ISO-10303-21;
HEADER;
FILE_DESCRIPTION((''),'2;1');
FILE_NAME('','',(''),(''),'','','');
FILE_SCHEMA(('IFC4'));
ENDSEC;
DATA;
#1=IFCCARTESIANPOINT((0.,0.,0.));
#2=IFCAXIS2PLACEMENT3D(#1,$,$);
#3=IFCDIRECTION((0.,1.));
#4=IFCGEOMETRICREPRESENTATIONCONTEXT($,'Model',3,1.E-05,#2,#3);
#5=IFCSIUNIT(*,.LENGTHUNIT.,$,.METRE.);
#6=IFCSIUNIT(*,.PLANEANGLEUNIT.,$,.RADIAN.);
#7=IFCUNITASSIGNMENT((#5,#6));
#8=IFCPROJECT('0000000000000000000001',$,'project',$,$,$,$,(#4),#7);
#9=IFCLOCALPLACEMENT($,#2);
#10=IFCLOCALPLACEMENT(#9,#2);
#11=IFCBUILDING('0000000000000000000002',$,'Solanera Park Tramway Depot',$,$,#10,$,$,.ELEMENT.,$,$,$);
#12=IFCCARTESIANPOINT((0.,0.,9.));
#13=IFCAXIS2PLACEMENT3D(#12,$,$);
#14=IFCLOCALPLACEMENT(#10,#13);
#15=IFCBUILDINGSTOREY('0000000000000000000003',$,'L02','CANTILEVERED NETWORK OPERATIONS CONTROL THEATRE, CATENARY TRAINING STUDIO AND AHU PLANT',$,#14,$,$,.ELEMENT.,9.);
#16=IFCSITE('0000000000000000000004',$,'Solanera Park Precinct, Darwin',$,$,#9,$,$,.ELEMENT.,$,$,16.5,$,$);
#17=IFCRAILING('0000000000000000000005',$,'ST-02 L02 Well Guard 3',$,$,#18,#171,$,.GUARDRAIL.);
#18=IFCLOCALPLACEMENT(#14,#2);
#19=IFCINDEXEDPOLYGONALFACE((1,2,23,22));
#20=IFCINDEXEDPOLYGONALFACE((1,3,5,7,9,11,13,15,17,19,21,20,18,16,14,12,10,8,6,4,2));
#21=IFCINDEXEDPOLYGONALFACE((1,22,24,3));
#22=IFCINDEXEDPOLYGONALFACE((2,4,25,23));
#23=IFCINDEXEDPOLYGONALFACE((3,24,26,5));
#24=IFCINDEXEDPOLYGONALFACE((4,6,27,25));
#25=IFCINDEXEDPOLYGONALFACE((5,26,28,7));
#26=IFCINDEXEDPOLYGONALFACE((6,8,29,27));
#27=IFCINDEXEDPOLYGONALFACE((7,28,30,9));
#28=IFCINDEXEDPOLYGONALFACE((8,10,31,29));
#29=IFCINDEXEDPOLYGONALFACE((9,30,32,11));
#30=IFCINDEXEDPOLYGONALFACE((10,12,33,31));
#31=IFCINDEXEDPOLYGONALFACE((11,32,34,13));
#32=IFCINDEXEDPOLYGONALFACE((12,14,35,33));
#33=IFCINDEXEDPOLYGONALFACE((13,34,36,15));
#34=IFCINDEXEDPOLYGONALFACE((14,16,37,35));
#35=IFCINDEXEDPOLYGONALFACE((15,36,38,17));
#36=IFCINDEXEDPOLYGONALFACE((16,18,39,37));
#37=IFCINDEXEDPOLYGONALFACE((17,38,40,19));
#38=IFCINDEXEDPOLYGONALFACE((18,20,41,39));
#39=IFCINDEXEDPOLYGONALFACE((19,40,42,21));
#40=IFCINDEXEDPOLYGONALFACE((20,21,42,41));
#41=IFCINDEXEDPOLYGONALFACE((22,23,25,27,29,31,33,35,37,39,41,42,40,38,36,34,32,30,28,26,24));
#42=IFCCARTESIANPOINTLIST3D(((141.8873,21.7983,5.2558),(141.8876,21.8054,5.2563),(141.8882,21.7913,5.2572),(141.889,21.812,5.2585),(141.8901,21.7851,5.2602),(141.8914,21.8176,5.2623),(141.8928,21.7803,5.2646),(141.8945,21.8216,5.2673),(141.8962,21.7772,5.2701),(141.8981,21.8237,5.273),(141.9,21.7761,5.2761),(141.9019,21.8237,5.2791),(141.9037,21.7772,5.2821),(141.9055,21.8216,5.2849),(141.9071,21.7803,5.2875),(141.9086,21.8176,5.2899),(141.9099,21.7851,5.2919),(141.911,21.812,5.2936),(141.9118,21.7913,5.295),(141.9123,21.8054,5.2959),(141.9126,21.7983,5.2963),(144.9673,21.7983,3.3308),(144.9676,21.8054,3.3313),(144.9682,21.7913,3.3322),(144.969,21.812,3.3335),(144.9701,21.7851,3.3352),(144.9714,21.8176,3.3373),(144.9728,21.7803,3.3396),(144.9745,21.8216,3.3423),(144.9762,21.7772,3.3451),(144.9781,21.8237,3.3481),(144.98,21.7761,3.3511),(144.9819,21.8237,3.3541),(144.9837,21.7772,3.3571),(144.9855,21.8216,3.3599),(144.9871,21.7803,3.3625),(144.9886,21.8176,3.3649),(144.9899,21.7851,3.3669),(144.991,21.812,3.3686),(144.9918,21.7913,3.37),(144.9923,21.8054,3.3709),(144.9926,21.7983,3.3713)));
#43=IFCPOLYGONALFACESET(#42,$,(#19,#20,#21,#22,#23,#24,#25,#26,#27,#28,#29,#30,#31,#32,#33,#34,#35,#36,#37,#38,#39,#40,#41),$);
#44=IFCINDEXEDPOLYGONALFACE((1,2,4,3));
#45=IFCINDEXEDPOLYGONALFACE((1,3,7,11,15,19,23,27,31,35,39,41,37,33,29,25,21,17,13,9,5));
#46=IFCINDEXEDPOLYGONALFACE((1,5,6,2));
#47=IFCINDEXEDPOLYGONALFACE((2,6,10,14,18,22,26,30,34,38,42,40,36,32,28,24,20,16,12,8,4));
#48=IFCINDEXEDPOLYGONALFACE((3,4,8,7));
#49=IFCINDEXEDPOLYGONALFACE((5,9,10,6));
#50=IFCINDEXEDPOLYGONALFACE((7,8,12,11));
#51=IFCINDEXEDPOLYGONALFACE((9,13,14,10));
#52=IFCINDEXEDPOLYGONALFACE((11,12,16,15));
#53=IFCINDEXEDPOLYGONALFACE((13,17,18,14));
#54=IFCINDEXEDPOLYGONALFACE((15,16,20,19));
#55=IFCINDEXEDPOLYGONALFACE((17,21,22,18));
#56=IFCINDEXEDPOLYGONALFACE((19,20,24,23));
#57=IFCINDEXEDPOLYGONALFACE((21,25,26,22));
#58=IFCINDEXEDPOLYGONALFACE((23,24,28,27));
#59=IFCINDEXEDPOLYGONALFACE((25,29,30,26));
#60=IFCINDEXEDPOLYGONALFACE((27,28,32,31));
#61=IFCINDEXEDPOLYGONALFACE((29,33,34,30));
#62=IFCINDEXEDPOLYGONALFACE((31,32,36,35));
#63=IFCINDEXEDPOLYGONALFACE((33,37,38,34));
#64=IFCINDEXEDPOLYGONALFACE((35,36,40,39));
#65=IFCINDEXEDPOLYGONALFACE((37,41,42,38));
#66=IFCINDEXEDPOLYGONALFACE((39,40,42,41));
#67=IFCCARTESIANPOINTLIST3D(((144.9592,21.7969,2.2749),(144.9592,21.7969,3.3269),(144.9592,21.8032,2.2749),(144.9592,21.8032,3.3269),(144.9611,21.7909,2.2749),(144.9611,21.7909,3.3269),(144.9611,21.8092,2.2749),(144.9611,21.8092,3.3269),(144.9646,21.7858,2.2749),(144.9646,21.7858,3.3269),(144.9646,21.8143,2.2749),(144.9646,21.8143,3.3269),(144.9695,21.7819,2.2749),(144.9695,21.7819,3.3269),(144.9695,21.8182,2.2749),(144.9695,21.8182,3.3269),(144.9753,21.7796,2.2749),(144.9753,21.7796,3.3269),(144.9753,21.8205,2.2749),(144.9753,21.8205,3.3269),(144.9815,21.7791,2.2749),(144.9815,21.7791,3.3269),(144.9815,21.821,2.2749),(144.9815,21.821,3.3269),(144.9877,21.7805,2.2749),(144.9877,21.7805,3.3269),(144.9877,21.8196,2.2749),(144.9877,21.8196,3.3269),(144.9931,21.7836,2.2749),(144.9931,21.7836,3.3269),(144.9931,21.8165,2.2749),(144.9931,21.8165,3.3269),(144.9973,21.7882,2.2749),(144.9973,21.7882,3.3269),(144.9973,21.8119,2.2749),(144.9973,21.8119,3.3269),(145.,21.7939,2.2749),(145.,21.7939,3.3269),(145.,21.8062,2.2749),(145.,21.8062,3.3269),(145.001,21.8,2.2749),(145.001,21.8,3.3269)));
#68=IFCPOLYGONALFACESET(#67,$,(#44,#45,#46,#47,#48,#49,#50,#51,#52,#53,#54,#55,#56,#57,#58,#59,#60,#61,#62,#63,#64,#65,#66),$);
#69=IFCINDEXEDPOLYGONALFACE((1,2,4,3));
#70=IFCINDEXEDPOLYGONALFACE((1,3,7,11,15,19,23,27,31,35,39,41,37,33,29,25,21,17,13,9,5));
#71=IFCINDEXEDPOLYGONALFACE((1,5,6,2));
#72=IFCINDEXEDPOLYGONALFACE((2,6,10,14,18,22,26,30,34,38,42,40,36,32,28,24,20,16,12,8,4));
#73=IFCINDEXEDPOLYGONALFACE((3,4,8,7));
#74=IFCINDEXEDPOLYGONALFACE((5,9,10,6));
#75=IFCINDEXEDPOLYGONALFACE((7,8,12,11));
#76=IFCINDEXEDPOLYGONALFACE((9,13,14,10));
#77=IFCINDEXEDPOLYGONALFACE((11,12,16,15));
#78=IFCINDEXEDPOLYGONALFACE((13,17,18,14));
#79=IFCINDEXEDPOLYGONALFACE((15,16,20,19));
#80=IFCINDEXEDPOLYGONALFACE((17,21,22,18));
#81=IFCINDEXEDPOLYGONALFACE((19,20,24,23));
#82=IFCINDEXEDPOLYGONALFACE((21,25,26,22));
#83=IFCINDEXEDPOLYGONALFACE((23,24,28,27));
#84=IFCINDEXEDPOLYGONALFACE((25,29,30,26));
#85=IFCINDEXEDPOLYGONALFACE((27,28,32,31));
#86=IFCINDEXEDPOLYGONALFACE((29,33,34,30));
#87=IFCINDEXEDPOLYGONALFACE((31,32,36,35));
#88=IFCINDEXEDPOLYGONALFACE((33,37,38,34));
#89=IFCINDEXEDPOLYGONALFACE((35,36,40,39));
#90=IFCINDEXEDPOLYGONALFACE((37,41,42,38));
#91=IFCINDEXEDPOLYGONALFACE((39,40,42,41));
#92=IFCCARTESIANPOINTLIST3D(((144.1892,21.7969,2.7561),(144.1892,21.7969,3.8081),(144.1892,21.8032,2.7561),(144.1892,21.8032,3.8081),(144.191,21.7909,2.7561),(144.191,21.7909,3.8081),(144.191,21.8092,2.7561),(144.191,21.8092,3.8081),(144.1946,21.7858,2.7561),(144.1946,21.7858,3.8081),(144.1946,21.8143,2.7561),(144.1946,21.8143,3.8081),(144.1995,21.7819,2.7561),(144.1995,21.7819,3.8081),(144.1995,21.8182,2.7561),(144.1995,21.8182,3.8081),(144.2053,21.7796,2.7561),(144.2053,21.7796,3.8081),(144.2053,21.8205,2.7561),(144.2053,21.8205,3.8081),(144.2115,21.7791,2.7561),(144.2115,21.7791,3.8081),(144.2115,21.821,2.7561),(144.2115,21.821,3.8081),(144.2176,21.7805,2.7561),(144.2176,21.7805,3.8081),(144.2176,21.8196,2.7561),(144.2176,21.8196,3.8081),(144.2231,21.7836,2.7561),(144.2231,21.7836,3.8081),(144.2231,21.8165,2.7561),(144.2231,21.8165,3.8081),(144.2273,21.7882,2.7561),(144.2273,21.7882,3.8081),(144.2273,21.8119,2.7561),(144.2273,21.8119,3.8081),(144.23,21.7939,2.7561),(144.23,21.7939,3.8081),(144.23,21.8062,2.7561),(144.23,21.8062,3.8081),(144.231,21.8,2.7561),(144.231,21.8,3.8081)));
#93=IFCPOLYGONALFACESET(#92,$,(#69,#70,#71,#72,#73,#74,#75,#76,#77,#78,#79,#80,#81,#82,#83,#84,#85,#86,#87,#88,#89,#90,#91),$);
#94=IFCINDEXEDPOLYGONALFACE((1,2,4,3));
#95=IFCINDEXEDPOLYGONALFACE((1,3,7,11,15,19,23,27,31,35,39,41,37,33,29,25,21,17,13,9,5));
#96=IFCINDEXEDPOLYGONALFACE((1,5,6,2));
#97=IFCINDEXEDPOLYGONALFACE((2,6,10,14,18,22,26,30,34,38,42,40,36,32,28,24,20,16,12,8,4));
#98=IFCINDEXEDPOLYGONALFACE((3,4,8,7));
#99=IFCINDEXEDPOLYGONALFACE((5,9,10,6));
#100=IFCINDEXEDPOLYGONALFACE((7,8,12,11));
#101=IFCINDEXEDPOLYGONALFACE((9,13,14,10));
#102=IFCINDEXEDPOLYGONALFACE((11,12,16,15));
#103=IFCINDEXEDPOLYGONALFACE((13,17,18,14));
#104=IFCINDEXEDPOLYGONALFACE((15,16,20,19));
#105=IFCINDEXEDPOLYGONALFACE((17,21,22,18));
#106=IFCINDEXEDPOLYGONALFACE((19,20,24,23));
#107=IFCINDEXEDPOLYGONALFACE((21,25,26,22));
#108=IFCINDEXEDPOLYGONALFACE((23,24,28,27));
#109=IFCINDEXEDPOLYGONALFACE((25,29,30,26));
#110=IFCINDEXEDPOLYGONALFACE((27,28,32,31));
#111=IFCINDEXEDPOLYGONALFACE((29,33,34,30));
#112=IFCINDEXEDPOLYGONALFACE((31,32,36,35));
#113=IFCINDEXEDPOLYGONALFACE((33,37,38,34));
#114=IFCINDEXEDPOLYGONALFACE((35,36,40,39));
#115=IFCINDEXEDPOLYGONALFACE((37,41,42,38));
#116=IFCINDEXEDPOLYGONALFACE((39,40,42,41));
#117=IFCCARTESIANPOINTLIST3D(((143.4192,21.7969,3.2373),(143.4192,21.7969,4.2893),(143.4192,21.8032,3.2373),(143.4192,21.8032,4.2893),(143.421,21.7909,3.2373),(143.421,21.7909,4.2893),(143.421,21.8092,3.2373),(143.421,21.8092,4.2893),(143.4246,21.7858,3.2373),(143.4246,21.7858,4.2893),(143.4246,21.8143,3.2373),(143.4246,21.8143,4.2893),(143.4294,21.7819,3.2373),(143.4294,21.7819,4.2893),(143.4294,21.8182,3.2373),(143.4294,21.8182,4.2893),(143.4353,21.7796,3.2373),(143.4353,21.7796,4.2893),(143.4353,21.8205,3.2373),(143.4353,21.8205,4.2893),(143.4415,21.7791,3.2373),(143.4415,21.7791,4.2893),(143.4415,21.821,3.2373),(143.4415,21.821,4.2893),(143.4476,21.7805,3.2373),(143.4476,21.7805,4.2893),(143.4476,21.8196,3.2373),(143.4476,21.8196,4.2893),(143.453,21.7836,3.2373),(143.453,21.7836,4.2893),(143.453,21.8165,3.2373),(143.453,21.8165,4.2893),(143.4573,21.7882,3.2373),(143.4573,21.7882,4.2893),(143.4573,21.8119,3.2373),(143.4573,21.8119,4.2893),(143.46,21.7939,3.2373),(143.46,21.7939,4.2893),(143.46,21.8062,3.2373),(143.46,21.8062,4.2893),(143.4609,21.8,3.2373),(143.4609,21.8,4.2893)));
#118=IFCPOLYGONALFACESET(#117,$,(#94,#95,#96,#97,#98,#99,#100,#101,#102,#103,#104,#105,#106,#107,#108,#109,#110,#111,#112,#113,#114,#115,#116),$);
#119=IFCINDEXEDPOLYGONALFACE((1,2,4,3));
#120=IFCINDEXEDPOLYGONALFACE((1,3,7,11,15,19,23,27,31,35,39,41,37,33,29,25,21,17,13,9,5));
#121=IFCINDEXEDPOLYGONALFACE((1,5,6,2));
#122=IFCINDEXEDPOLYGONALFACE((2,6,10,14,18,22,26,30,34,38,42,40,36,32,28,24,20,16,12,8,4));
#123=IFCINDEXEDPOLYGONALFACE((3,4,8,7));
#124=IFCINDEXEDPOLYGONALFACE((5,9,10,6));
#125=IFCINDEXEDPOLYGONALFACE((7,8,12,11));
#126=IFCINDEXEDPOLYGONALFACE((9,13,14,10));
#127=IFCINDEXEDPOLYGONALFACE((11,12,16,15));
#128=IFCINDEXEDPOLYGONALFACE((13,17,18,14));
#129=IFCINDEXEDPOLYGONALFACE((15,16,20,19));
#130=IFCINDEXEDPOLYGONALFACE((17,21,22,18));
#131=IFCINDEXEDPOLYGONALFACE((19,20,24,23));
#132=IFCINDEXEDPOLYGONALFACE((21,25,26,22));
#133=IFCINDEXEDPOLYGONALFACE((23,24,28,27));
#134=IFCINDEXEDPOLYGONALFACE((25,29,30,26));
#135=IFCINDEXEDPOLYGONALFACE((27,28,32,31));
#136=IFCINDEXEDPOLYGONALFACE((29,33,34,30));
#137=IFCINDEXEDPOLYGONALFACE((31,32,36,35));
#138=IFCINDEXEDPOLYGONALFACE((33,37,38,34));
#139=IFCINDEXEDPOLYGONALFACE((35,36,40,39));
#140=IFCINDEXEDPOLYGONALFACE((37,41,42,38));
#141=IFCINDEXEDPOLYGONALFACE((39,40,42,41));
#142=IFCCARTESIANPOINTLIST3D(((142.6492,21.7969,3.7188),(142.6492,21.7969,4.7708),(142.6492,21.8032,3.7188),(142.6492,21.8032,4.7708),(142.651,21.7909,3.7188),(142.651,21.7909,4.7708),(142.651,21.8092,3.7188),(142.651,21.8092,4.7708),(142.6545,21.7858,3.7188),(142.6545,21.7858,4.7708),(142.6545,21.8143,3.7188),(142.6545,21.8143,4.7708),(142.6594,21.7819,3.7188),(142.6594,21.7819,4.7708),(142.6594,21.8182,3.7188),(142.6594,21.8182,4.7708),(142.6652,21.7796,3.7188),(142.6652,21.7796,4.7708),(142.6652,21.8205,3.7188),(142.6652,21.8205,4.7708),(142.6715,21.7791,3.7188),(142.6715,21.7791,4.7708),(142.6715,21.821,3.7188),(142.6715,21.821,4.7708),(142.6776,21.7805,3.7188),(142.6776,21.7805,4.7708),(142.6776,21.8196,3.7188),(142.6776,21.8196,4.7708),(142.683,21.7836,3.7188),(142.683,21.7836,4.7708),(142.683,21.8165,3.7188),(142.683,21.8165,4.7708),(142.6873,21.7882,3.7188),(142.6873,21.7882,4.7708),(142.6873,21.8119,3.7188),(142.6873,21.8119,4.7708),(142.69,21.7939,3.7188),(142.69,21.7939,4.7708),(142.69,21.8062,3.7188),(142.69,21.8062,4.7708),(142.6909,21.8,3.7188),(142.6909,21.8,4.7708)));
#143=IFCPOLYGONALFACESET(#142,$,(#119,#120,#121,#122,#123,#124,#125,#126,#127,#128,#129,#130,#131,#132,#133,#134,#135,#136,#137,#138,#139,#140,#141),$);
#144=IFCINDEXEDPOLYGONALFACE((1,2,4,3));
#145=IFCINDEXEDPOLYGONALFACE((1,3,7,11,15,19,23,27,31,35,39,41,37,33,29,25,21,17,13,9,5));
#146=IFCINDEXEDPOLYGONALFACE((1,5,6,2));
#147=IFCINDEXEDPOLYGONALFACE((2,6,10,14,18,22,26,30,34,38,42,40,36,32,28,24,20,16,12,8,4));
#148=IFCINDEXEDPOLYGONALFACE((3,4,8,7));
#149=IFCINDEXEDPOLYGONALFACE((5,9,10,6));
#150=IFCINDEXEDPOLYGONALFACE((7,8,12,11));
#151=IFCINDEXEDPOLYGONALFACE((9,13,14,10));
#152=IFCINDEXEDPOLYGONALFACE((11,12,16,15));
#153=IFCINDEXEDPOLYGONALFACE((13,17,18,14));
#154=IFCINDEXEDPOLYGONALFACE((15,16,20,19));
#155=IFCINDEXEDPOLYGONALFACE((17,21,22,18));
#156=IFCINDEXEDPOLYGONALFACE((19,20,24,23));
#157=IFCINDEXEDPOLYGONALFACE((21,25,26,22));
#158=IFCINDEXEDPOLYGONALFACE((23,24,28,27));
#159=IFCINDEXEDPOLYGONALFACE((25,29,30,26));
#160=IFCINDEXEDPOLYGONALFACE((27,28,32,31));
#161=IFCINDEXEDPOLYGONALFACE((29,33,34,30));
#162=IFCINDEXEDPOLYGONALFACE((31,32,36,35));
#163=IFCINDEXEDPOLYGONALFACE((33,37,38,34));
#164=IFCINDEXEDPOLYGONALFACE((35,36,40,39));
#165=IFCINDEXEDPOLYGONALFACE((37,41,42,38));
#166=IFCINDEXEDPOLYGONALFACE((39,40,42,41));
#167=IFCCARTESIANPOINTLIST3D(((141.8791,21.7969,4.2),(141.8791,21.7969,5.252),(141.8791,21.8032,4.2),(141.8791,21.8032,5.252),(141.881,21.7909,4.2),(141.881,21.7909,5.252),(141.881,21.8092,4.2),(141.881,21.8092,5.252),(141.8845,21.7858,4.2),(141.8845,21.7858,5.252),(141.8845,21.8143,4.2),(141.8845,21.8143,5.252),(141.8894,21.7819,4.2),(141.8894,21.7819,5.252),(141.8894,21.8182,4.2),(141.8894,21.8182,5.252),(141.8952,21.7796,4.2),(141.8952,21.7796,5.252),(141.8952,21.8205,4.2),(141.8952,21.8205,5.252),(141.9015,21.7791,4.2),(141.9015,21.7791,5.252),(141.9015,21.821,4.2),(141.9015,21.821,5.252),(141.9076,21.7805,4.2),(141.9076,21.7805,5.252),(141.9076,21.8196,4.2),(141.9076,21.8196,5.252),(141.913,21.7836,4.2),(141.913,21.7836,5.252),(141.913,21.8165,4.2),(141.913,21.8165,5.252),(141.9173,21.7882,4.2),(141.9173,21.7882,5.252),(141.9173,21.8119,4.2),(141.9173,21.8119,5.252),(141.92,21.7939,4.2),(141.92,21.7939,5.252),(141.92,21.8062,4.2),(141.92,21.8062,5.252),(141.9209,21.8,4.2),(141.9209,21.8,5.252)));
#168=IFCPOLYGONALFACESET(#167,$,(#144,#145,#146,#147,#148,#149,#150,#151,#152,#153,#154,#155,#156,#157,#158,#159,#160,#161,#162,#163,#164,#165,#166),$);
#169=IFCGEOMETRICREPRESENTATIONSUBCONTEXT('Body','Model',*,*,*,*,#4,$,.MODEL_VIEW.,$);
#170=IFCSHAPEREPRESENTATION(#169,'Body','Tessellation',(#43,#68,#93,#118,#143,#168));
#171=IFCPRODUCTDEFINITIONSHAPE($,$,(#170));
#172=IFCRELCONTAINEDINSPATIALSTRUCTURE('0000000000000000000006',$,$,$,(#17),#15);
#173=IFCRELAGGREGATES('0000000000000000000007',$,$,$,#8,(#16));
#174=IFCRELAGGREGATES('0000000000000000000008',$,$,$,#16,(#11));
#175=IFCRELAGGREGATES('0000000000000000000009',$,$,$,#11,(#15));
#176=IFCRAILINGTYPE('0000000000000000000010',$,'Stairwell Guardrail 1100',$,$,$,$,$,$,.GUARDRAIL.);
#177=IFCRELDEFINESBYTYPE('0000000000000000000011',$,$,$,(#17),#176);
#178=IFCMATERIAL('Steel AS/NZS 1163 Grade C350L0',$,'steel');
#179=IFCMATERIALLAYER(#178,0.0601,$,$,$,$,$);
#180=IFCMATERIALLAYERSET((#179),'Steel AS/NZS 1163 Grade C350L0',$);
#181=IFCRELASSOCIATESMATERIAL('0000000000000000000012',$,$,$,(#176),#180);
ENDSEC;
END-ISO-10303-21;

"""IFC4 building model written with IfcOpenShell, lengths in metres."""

from ifc_helpers import new_model, si_unit, direction, frame, origin, origin_2d, place, context, subcontext, project, spatial, circle, extrude, material, layer, layer_set, type_object, element, save


model = new_model("IFC4")

# Units and contexts
model_context = context("Model", 3, precision=1e-05, world=origin(), true_north=direction((0.0, 1.0)))
body_context = subcontext(model_context, "Body", "Model", "MODEL_VIEW")
ifc_project = project(units=[si_unit("LENGTHUNIT", "METRE"), si_unit("PLANEANGLEUNIT", "RADIAN")], contexts=[model_context])

# Site, building, storey
site_placement = place(None, origin())
site = spatial("IfcSite", under=ifc_project, at=site_placement, Name="Solanera Park Precinct, Darwin", CompositionType="ELEMENT", RefElevation=16.5)
building_placement = place(site_placement, origin())
building = spatial("IfcBuilding", under=site, at=building_placement, Name="Solanera Park Tramway Depot", CompositionType="ELEMENT")
storey_placement = place(building_placement, frame((0.0, 0.0, 9.0)))
storey = spatial("IfcBuildingStorey", under=building, at=storey_placement, Name="L02", Description="CANTILEVERED NETWORK OPERATIONS CONTROL THEATRE, CATENARY TRAINING STUDIO AND AHU PLANT", CompositionType="ELEMENT", Elevation=9.0)

# Railing
ifc_material_1 = material(Name="Steel AS/NZS 1163 Grade C350L0", Category="steel")
ifc_layer_1 = layer(ifc_material_1, 0.0601)
ifc_layer_set_1 = layer_set([ifc_layer_1], Name="Steel AS/NZS 1163 Grade C350L0")
railing_type_1 = type_object("IfcRailingType", Name="Stairwell Guardrail 1100", PredefinedType="GUARDRAIL", material=ifc_layer_set_1)
railing_1_placement = place(storey_placement, frame((144.98, 21.8, 2.2749)))
element("IfcRailing", 1, at=railing_1_placement, inside=storey, type_object=railing_type_1, Name="ST-02 L02 Well Guard 3", PredefinedType="GUARDRAIL", context=body_context, shape_type="SweptSolid", body=[
    extrude(circle(Radius=0.0239, at=origin_2d()), frame((0.0, 0.0, 1.0762), z_axis=(-0.847998, 0.0, 0.529999), x_axis=(0.0, -1.0, 0.0)), (0.0, 0.0, 1.0), 3.6321),
    extrude(circle(Radius=0.021, at=origin_2d()), origin(), (0.0, 0.0, 1.0), 1.052),
    extrude(circle(Radius=0.021, at=origin_2d()), frame((-0.77, 0.0, 0.4812)), (0.0, 0.0, 1.0), 1.052),
    extrude(circle(Radius=0.021, at=origin_2d()), frame((-1.54, 0.0, 0.9624)), (0.0, 0.0, 1.0), 1.052),
    extrude(circle(Radius=0.021, at=origin_2d()), frame((-2.3101, 0.0, 1.4438)), (0.0, 0.0, 1.0), 1.052),
    extrude(circle(Radius=0.021, at=origin_2d()), frame((-3.0801, 0.0, 1.925)), (0.0, 0.0, 1.0), 1.052),
])

save(model, "model.ifc")
